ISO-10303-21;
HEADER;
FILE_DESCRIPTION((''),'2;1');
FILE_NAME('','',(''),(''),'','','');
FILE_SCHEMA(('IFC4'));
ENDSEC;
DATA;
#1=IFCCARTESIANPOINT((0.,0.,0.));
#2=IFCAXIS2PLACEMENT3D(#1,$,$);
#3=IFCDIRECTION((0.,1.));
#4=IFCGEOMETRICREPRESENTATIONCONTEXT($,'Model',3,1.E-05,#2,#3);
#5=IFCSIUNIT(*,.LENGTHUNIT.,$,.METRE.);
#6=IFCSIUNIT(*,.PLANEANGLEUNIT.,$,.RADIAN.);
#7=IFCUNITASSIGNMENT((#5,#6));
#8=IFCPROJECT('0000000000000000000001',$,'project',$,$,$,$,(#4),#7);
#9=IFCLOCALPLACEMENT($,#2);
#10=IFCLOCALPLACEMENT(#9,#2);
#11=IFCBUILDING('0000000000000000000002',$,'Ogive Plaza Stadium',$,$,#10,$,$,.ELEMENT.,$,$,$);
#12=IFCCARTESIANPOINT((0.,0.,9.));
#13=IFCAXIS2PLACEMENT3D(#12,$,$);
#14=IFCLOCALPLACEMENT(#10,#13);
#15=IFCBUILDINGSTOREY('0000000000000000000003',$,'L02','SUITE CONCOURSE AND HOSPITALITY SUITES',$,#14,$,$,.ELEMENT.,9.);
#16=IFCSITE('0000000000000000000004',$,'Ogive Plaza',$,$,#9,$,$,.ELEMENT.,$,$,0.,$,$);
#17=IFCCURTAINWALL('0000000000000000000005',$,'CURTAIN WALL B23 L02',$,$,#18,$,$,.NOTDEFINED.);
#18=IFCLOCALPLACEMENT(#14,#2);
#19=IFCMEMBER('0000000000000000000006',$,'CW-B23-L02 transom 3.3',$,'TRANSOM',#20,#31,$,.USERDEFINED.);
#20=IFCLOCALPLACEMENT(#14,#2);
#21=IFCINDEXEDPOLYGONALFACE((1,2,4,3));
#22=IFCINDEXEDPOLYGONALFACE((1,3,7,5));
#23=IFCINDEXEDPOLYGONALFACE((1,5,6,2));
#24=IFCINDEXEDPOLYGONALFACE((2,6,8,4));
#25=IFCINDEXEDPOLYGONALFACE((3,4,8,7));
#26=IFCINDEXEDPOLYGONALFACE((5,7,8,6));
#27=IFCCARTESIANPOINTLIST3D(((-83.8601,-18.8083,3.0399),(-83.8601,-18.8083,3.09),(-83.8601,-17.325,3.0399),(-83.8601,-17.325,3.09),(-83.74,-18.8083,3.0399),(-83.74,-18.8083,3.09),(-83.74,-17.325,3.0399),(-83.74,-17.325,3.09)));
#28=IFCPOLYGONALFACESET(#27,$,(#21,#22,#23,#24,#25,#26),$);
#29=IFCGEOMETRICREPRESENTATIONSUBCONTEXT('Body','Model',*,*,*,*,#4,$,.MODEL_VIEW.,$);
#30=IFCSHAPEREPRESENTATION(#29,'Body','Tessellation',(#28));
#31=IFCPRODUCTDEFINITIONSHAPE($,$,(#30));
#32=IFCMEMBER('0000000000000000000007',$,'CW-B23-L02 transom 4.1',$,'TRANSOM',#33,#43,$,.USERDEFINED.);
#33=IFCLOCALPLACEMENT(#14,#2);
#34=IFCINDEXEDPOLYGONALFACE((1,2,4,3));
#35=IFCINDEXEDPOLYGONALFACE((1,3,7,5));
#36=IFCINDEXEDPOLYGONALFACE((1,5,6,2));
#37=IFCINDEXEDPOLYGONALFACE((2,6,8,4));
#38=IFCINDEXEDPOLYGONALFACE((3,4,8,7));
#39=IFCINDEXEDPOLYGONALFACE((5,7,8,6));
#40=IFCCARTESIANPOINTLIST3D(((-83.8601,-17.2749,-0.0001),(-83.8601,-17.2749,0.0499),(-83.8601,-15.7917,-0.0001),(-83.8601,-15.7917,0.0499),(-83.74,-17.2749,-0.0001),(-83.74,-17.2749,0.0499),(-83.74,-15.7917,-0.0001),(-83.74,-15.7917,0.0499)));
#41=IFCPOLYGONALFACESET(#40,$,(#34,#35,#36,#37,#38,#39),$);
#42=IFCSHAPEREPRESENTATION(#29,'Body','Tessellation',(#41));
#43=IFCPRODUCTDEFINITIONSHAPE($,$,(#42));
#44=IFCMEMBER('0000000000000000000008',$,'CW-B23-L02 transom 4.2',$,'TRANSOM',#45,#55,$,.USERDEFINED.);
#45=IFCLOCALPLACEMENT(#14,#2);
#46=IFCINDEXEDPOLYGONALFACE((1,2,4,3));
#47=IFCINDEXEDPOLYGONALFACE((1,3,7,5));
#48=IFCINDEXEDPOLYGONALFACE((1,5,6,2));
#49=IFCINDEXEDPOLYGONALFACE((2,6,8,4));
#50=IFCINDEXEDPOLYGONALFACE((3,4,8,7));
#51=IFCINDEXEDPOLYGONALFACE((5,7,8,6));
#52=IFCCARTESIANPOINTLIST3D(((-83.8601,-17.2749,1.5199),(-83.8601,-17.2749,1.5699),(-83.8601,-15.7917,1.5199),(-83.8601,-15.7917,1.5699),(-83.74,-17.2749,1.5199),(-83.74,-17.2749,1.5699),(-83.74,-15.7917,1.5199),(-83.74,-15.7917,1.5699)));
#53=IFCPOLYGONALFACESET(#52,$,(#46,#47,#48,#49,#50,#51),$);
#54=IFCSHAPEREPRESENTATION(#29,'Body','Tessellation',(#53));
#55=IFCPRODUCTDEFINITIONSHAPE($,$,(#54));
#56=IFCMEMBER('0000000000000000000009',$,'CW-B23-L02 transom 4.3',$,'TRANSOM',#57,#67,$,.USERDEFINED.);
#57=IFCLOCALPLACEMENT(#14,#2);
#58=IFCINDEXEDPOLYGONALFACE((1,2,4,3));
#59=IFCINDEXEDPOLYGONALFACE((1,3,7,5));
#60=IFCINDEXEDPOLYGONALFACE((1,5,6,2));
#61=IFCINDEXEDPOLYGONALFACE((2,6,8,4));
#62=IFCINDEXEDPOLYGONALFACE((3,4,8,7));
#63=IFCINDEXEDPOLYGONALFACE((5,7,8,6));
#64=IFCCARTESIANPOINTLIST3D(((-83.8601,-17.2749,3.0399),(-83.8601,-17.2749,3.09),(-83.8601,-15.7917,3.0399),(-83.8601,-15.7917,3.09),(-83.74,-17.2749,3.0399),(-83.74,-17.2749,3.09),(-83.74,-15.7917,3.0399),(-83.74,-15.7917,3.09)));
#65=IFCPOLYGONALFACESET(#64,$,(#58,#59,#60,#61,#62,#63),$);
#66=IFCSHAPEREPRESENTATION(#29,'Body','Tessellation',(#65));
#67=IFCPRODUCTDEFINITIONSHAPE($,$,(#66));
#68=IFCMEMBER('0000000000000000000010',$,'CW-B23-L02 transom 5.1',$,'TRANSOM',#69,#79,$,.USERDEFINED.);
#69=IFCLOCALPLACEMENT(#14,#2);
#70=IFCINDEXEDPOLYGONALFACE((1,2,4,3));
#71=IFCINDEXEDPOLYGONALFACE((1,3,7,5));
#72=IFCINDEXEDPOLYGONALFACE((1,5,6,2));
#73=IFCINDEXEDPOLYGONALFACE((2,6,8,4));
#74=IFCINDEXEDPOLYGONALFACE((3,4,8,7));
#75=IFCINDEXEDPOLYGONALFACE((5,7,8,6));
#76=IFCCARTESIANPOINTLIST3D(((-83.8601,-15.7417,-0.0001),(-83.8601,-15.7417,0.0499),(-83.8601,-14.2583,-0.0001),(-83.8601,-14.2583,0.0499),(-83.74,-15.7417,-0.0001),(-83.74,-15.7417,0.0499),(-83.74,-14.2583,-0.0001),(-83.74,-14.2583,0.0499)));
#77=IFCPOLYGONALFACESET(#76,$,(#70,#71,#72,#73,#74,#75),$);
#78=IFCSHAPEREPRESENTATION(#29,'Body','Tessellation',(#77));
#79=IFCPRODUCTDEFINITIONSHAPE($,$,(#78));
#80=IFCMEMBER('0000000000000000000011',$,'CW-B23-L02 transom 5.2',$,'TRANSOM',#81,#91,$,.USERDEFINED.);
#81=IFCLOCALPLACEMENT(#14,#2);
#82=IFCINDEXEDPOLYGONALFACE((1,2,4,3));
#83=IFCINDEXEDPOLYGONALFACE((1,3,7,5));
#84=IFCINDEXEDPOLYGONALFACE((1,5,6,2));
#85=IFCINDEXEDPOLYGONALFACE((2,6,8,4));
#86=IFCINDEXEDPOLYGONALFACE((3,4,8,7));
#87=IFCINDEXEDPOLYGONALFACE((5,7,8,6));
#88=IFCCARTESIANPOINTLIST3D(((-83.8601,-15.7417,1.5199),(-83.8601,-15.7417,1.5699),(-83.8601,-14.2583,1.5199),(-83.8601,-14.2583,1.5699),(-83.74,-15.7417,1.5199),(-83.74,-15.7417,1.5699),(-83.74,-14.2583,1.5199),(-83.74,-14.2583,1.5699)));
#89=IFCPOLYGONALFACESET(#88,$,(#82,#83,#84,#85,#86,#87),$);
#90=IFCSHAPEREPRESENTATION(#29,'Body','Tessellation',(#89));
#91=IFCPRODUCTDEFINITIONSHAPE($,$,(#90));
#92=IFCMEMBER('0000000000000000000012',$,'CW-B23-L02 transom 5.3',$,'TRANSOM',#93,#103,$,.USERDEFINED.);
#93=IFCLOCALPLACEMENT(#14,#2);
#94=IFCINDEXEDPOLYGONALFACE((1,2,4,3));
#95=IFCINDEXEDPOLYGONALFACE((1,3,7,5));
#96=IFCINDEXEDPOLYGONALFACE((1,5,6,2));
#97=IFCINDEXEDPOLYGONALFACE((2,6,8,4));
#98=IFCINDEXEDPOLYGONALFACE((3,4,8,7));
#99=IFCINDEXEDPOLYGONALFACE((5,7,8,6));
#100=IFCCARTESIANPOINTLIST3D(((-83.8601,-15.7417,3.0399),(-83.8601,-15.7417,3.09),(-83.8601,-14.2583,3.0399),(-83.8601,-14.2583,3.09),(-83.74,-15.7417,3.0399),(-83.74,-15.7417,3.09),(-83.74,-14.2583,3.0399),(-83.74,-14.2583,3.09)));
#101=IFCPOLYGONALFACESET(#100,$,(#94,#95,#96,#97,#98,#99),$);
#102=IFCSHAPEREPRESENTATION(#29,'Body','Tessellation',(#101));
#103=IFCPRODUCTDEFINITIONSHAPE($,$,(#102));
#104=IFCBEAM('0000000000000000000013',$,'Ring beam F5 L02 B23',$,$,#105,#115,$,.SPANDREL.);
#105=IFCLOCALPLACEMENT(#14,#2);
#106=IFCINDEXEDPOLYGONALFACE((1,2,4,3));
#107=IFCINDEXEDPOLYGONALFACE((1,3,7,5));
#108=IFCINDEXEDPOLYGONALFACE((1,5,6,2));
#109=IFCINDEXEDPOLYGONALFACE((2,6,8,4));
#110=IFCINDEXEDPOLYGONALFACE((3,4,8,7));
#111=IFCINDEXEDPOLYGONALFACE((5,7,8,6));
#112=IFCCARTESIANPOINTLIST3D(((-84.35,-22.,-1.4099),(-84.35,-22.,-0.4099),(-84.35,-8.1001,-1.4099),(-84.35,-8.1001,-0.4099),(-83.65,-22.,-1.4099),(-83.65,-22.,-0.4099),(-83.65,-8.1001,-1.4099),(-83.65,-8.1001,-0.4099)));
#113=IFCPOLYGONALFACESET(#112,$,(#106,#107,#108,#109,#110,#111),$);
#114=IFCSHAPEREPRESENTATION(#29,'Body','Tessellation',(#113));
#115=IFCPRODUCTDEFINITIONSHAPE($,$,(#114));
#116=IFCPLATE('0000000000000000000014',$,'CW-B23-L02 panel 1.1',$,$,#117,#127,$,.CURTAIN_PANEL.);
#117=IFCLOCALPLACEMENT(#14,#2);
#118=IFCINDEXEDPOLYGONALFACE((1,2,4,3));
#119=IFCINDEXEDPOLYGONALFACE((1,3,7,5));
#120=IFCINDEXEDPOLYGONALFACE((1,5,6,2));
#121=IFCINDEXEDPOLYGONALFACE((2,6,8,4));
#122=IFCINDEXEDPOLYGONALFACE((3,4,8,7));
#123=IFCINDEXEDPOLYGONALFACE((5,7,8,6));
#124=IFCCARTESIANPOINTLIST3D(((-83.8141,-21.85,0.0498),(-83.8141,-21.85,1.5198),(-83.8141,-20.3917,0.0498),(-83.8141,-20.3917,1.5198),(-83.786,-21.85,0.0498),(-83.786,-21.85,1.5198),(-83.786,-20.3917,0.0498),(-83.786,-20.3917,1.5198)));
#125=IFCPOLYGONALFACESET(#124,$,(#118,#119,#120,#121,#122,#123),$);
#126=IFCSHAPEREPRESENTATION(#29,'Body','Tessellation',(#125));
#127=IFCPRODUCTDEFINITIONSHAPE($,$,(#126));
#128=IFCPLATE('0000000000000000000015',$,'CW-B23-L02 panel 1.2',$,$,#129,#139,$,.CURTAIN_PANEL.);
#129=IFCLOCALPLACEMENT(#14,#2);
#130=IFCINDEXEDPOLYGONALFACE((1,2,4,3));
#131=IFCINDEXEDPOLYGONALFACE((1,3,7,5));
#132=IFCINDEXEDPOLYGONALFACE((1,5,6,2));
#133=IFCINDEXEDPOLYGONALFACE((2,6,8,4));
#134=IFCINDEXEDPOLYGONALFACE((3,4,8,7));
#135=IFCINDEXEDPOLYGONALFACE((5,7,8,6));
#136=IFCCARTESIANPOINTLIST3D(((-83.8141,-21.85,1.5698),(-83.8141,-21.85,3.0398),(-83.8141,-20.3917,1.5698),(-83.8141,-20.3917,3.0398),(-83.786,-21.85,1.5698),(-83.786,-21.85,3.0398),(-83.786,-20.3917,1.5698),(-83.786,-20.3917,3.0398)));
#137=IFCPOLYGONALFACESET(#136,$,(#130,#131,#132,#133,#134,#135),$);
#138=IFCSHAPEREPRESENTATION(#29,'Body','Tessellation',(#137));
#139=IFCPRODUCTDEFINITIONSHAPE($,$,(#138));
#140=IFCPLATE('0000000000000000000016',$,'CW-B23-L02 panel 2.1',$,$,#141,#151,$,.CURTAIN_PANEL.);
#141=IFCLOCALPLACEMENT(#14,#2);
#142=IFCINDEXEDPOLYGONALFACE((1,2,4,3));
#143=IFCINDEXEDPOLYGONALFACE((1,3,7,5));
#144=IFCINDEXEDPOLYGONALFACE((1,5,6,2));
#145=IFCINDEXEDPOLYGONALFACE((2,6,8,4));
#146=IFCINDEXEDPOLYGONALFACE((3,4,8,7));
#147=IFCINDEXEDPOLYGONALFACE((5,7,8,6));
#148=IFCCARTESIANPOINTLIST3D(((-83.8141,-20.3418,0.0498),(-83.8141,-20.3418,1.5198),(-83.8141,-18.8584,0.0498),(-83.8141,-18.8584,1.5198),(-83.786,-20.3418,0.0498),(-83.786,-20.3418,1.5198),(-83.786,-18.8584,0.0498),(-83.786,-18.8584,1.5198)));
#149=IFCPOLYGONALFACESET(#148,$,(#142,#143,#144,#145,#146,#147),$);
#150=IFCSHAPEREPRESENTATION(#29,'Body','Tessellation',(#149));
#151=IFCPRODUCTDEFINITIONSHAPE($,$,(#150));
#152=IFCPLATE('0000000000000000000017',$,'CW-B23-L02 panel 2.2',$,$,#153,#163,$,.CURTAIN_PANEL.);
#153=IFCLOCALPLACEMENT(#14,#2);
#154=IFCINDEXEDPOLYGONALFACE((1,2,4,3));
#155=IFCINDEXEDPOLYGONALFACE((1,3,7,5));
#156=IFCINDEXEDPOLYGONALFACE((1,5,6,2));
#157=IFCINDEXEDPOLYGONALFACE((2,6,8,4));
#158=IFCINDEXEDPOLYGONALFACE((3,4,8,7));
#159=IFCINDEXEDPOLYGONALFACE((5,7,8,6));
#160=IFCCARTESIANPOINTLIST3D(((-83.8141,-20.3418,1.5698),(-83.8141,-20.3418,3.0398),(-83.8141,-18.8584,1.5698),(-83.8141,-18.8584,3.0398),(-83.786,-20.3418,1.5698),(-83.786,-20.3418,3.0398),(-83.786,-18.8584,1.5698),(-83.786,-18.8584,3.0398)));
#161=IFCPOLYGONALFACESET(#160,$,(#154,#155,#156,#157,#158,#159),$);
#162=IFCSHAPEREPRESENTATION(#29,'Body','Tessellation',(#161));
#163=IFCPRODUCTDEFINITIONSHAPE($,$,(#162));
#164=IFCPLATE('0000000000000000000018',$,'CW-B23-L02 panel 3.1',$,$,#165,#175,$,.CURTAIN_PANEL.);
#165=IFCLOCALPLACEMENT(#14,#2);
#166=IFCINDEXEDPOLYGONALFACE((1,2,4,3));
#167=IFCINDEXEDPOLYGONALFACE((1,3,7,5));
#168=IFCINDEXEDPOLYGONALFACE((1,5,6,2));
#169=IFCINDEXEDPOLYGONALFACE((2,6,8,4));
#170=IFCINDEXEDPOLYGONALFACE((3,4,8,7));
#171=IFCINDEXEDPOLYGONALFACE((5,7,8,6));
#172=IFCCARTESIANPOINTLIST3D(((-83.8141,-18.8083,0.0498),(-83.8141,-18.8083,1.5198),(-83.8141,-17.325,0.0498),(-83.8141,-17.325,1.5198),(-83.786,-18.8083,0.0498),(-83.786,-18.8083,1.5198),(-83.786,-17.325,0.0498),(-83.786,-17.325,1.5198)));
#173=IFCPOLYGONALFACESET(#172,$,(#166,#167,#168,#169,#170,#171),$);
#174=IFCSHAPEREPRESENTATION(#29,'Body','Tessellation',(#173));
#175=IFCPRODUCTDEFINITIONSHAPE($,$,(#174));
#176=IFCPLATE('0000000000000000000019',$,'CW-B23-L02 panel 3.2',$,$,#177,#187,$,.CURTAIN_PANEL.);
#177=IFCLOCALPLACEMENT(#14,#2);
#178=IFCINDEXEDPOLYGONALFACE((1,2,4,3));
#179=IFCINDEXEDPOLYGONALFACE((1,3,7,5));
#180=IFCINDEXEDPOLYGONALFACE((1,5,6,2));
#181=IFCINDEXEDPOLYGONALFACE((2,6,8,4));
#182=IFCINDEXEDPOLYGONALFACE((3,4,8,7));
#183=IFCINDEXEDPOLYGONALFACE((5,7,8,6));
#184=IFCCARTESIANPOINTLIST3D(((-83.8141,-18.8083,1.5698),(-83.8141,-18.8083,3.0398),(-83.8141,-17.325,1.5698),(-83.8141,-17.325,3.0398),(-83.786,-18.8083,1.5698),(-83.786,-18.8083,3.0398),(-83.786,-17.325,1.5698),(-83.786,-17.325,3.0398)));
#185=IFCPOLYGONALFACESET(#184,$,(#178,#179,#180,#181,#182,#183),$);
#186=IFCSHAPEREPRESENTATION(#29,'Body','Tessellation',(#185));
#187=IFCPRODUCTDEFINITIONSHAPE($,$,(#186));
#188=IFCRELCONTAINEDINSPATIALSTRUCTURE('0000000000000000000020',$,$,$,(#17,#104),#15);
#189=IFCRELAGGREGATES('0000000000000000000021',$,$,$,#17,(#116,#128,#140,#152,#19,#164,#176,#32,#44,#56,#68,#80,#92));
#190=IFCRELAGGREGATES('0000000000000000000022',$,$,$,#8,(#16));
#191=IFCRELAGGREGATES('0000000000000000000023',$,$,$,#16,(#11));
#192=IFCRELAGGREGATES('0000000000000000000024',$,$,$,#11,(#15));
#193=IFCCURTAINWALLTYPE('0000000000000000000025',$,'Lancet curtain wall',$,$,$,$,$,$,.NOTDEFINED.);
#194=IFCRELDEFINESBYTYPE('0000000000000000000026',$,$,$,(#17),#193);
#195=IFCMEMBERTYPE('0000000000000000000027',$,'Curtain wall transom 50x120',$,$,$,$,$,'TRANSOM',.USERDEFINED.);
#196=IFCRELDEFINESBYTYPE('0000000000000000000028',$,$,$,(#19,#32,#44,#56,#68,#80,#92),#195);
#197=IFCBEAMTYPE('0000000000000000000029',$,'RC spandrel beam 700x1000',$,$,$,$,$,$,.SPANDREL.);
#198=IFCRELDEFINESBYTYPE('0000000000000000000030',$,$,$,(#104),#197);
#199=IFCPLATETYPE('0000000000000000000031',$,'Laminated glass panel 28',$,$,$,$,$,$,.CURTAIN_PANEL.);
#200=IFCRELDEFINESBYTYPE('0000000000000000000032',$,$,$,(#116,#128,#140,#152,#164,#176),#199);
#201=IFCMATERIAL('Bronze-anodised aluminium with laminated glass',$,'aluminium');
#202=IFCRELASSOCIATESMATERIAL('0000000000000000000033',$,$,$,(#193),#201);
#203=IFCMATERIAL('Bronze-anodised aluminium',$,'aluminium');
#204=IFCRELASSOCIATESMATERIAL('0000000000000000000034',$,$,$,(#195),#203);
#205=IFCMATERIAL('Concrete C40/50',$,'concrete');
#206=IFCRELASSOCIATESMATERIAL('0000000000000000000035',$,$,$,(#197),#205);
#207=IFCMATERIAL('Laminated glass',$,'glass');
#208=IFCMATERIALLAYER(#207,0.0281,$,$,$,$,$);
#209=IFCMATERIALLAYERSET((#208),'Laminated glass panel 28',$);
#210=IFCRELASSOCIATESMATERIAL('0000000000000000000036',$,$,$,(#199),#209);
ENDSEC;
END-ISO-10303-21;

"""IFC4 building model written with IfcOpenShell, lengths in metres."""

from ifc_helpers import new_model, si_unit, direction, frame, origin, origin_2d, place, context, subcontext, project, spatial, rectangle, extrude, material, layer, layer_set, material_profile, profile_set, type_object, element, aggregate, save


model = new_model("IFC4")

# Units and contexts
model_context = context("Model", 3, precision=1e-05, world=origin(), true_north=direction((0.0, 1.0)))
body_context = subcontext(model_context, "Body", "Model", "MODEL_VIEW")
ifc_project = project(units=[si_unit("LENGTHUNIT", "METRE"), si_unit("PLANEANGLEUNIT", "RADIAN")], contexts=[model_context])

# Site, building, storey
site_placement = place(None, origin())
site = spatial("IfcSite", under=ifc_project, at=site_placement, Name="Ogive Plaza", CompositionType="ELEMENT", RefElevation=0.0)
building_placement = place(site_placement, origin())
building = spatial("IfcBuilding", under=site, at=building_placement, Name="Ogive Plaza Stadium", CompositionType="ELEMENT")
storey_placement = place(building_placement, frame((0.0, 0.0, 9.0)))
storey = spatial("IfcBuildingStorey", under=building, at=storey_placement, Name="L02", Description="SUITE CONCOURSE AND HOSPITALITY SUITES", CompositionType="ELEMENT", Elevation=9.0)

# Curtain wall, members
ifc_material_1 = material(Name="Bronze-anodised aluminium with laminated glass", Category="aluminium")
curtain_wall_type = type_object("IfcCurtainWallType", Name="Lancet curtain wall", PredefinedType="NOTDEFINED", material=ifc_material_1)
curtain_wall_placement = place(storey_placement, origin())
curtain_wall = element("IfcCurtainWall", 1, at=curtain_wall_placement, inside=storey, type_object=curtain_wall_type, Name="CURTAIN WALL B23 L02", PredefinedType="NOTDEFINED")
ifc_material_2 = material(Name="Bronze-anodised aluminium", Category="aluminium")
ifc_material_profile_1 = material_profile(ifc_material_2, rectangle(XDim=0.1201, YDim=0.05, at=origin_2d()), Name="AL 120x50")
ifc_profile_set_1 = profile_set([ifc_material_profile_1], Name="Bronze-anodised aluminium")
member_type_1 = type_object("IfcMemberType", Name="Curtain wall transom 50x120", ElementType="TRANSOM", PredefinedType="USERDEFINED", material=ifc_profile_set_1)
member_1_placement = place(storey_placement, frame((-83.8, -18.8083, 3.0649), z_axis=(0.0, 1.0, 0.0), x_axis=(-1.0, 0.0, 0.0)))
member_1 = element("IfcMember", 2, at=member_1_placement, type_object=member_type_1, Name="CW-B23-L02 transom 3.3", ObjectType="TRANSOM", PredefinedType="USERDEFINED", context=body_context, shape_type="SweptSolid", body=[
    extrude(rectangle(XDim=0.1201, YDim=0.05, at=origin_2d()), origin(), (0.0, 0.0, 1.0), 1.4834),
])
member_2_placement = place(storey_placement, frame((-83.8, -17.2749, 0.0249), z_axis=(0.0, 1.0, 0.0), x_axis=(-1.0, 0.0, 0.0)))
member_2 = element("IfcMember", 3, at=member_2_placement, type_object=member_type_1, Name="CW-B23-L02 transom 4.1", ObjectType="TRANSOM", PredefinedType="USERDEFINED", context=body_context, shape_type="SweptSolid", body=[
    extrude(rectangle(XDim=0.1201, YDim=0.05, at=origin_2d()), origin(), (0.0, 0.0, 1.0), 1.4832),
])
member_3_placement = place(storey_placement, frame((-83.8, -17.2749, 1.5449), z_axis=(0.0, 1.0, 0.0), x_axis=(-1.0, 0.0, 0.0)))
member_3 = element("IfcMember", 4, at=member_3_placement, type_object=member_type_1, Name="CW-B23-L02 transom 4.2", ObjectType="TRANSOM", PredefinedType="USERDEFINED", context=body_context, shape_type="SweptSolid", body=[
    extrude(rectangle(XDim=0.1201, YDim=0.05, at=origin_2d()), origin(), (0.0, 0.0, 1.0), 1.4832),
])
member_4_placement = place(storey_placement, frame((-83.8, -17.2749, 3.0649), z_axis=(0.0, 1.0, 0.0), x_axis=(-1.0, 0.0, 0.0)))
member_4 = element("IfcMember", 5, at=member_4_placement, type_object=member_type_1, Name="CW-B23-L02 transom 4.3", ObjectType="TRANSOM", PredefinedType="USERDEFINED", context=body_context, shape_type="SweptSolid", body=[
    extrude(rectangle(XDim=0.1201, YDim=0.05, at=origin_2d()), origin(), (0.0, 0.0, 1.0), 1.4832),
])
member_5_placement = place(storey_placement, frame((-83.8, -15.7417, 0.0249), z_axis=(0.0, 1.0, 0.0), x_axis=(-1.0, 0.0, 0.0)))
member_5 = element("IfcMember", 6, at=member_5_placement, type_object=member_type_1, Name="CW-B23-L02 transom 5.1", ObjectType="TRANSOM", PredefinedType="USERDEFINED", context=body_context, shape_type="SweptSolid", body=[
    extrude(rectangle(XDim=0.1201, YDim=0.05, at=origin_2d()), origin(), (0.0, 0.0, 1.0), 1.4834),
])
member_6_placement = place(storey_placement, frame((-83.8, -15.7417, 1.5449), z_axis=(0.0, 1.0, 0.0), x_axis=(-1.0, 0.0, 0.0)))
member_6 = element("IfcMember", 7, at=member_6_placement, type_object=member_type_1, Name="CW-B23-L02 transom 5.2", ObjectType="TRANSOM", PredefinedType="USERDEFINED", context=body_context, shape_type="SweptSolid", body=[
    extrude(rectangle(XDim=0.1201, YDim=0.05, at=origin_2d()), origin(), (0.0, 0.0, 1.0), 1.4834),
])
member_7_placement = place(storey_placement, frame((-83.8, -15.7417, 3.0649), z_axis=(0.0, 1.0, 0.0), x_axis=(-1.0, 0.0, 0.0)))
member_7 = element("IfcMember", 8, at=member_7_placement, type_object=member_type_1, Name="CW-B23-L02 transom 5.3", ObjectType="TRANSOM", PredefinedType="USERDEFINED", context=body_context, shape_type="SweptSolid", body=[
    extrude(rectangle(XDim=0.1201, YDim=0.05, at=origin_2d()), origin(), (0.0, 0.0, 1.0), 1.4834),
])

# Beam
ifc_material_3 = material(Name="Concrete C40/50", Category="concrete")
ifc_material_profile_2 = material_profile(ifc_material_3, rectangle(XDim=0.7, YDim=1.0, at=origin_2d()), Name="RC 700x1000")
ifc_profile_set_2 = profile_set([ifc_material_profile_2], Name="Concrete C40/50")
beam_type = type_object("IfcBeamType", Name="RC spandrel beam 700x1000", PredefinedType="SPANDREL", material=ifc_profile_set_2)
beam_placement = place(storey_placement, frame((-84.0, -22.0, -0.9099), z_axis=(0.0, 1.0, 0.0), x_axis=(-1.0, 0.0, 0.0)))
element("IfcBeam", 9, at=beam_placement, inside=storey, type_object=beam_type, Name="Ring beam F5 L02 B23", PredefinedType="SPANDREL", context=body_context, shape_type="SweptSolid", body=[
    extrude(rectangle(XDim=0.7, YDim=1.0, at=origin_2d()), origin(), (0.0, 0.0, 1.0), 13.8999),
])

# Plates
ifc_material_4 = material(Name="Laminated glass", Category="glass")
ifc_layer = layer(ifc_material_4, 0.0281)
ifc_layer_set = layer_set([ifc_layer], Name="Laminated glass panel 28")
plate_type = type_object("IfcPlateType", Name="Laminated glass panel 28", PredefinedType="CURTAIN_PANEL", material=ifc_layer_set)
plate_1_placement = place(storey_placement, frame((-83.8, -21.1208, 0.0498), z_axis=(0.0, 0.0, 1.0), x_axis=(0.0, 1.0, 0.0)))
plate_1 = element("IfcPlate", 10, at=plate_1_placement, type_object=plate_type, Name="CW-B23-L02 panel 1.1", PredefinedType="CURTAIN_PANEL", context=body_context, shape_type="SweptSolid", body=[
    extrude(rectangle(XDim=1.4583, YDim=0.0281, at=origin_2d()), origin(), (0.0, 0.0, 1.0), 1.47),
])
plate_2_placement = place(storey_placement, frame((-83.8, -21.1208, 1.5698), z_axis=(0.0, 0.0, 1.0), x_axis=(0.0, 1.0, 0.0)))
plate_2 = element("IfcPlate", 11, at=plate_2_placement, type_object=plate_type, Name="CW-B23-L02 panel 1.2", PredefinedType="CURTAIN_PANEL", context=body_context, shape_type="SweptSolid", body=[
    extrude(rectangle(XDim=1.4583, YDim=0.0281, at=origin_2d()), origin(), (0.0, 0.0, 1.0), 1.47),
])
plate_3_placement = place(storey_placement, frame((-83.8, -19.6001, 0.0498), z_axis=(0.0, 0.0, 1.0), x_axis=(0.0, 1.0, 0.0)))
plate_3 = element("IfcPlate", 12, at=plate_3_placement, type_object=plate_type, Name="CW-B23-L02 panel 2.1", PredefinedType="CURTAIN_PANEL", context=body_context, shape_type="SweptSolid", body=[
    extrude(rectangle(XDim=1.4834, YDim=0.0281, at=origin_2d()), origin(), (0.0, 0.0, 1.0), 1.47),
])
plate_4_placement = place(storey_placement, frame((-83.8, -19.6001, 1.5698), z_axis=(0.0, 0.0, 1.0), x_axis=(0.0, 1.0, 0.0)))
plate_4 = element("IfcPlate", 13, at=plate_4_placement, type_object=plate_type, Name="CW-B23-L02 panel 2.2", PredefinedType="CURTAIN_PANEL", context=body_context, shape_type="SweptSolid", body=[
    extrude(rectangle(XDim=1.4834, YDim=0.0281, at=origin_2d()), origin(), (0.0, 0.0, 1.0), 1.47),
])
plate_5_placement = place(storey_placement, frame((-83.8, -18.0667, 0.0498), z_axis=(0.0, 0.0, 1.0), x_axis=(0.0, 1.0, 0.0)))
plate_5 = element("IfcPlate", 14, at=plate_5_placement, type_object=plate_type, Name="CW-B23-L02 panel 3.1", PredefinedType="CURTAIN_PANEL", context=body_context, shape_type="SweptSolid", body=[
    extrude(rectangle(XDim=1.4834, YDim=0.0281, at=origin_2d()), origin(), (0.0, 0.0, 1.0), 1.47),
])
plate_6_placement = place(storey_placement, frame((-83.8, -18.0667, 1.5698), z_axis=(0.0, 0.0, 1.0), x_axis=(0.0, 1.0, 0.0)))
plate_6 = element("IfcPlate", 15, at=plate_6_placement, type_object=plate_type, Name="CW-B23-L02 panel 3.2", PredefinedType="CURTAIN_PANEL", context=body_context, shape_type="SweptSolid", body=[
    extrude(rectangle(XDim=1.4834, YDim=0.0281, at=origin_2d()), origin(), (0.0, 0.0, 1.0), 1.47),
])
aggregate(curtain_wall, [plate_1, plate_2, plate_3, plate_4, member_1, plate_5, plate_6, member_2, member_3, member_4, member_5, member_6, member_7])

save(model, "model.ifc")
